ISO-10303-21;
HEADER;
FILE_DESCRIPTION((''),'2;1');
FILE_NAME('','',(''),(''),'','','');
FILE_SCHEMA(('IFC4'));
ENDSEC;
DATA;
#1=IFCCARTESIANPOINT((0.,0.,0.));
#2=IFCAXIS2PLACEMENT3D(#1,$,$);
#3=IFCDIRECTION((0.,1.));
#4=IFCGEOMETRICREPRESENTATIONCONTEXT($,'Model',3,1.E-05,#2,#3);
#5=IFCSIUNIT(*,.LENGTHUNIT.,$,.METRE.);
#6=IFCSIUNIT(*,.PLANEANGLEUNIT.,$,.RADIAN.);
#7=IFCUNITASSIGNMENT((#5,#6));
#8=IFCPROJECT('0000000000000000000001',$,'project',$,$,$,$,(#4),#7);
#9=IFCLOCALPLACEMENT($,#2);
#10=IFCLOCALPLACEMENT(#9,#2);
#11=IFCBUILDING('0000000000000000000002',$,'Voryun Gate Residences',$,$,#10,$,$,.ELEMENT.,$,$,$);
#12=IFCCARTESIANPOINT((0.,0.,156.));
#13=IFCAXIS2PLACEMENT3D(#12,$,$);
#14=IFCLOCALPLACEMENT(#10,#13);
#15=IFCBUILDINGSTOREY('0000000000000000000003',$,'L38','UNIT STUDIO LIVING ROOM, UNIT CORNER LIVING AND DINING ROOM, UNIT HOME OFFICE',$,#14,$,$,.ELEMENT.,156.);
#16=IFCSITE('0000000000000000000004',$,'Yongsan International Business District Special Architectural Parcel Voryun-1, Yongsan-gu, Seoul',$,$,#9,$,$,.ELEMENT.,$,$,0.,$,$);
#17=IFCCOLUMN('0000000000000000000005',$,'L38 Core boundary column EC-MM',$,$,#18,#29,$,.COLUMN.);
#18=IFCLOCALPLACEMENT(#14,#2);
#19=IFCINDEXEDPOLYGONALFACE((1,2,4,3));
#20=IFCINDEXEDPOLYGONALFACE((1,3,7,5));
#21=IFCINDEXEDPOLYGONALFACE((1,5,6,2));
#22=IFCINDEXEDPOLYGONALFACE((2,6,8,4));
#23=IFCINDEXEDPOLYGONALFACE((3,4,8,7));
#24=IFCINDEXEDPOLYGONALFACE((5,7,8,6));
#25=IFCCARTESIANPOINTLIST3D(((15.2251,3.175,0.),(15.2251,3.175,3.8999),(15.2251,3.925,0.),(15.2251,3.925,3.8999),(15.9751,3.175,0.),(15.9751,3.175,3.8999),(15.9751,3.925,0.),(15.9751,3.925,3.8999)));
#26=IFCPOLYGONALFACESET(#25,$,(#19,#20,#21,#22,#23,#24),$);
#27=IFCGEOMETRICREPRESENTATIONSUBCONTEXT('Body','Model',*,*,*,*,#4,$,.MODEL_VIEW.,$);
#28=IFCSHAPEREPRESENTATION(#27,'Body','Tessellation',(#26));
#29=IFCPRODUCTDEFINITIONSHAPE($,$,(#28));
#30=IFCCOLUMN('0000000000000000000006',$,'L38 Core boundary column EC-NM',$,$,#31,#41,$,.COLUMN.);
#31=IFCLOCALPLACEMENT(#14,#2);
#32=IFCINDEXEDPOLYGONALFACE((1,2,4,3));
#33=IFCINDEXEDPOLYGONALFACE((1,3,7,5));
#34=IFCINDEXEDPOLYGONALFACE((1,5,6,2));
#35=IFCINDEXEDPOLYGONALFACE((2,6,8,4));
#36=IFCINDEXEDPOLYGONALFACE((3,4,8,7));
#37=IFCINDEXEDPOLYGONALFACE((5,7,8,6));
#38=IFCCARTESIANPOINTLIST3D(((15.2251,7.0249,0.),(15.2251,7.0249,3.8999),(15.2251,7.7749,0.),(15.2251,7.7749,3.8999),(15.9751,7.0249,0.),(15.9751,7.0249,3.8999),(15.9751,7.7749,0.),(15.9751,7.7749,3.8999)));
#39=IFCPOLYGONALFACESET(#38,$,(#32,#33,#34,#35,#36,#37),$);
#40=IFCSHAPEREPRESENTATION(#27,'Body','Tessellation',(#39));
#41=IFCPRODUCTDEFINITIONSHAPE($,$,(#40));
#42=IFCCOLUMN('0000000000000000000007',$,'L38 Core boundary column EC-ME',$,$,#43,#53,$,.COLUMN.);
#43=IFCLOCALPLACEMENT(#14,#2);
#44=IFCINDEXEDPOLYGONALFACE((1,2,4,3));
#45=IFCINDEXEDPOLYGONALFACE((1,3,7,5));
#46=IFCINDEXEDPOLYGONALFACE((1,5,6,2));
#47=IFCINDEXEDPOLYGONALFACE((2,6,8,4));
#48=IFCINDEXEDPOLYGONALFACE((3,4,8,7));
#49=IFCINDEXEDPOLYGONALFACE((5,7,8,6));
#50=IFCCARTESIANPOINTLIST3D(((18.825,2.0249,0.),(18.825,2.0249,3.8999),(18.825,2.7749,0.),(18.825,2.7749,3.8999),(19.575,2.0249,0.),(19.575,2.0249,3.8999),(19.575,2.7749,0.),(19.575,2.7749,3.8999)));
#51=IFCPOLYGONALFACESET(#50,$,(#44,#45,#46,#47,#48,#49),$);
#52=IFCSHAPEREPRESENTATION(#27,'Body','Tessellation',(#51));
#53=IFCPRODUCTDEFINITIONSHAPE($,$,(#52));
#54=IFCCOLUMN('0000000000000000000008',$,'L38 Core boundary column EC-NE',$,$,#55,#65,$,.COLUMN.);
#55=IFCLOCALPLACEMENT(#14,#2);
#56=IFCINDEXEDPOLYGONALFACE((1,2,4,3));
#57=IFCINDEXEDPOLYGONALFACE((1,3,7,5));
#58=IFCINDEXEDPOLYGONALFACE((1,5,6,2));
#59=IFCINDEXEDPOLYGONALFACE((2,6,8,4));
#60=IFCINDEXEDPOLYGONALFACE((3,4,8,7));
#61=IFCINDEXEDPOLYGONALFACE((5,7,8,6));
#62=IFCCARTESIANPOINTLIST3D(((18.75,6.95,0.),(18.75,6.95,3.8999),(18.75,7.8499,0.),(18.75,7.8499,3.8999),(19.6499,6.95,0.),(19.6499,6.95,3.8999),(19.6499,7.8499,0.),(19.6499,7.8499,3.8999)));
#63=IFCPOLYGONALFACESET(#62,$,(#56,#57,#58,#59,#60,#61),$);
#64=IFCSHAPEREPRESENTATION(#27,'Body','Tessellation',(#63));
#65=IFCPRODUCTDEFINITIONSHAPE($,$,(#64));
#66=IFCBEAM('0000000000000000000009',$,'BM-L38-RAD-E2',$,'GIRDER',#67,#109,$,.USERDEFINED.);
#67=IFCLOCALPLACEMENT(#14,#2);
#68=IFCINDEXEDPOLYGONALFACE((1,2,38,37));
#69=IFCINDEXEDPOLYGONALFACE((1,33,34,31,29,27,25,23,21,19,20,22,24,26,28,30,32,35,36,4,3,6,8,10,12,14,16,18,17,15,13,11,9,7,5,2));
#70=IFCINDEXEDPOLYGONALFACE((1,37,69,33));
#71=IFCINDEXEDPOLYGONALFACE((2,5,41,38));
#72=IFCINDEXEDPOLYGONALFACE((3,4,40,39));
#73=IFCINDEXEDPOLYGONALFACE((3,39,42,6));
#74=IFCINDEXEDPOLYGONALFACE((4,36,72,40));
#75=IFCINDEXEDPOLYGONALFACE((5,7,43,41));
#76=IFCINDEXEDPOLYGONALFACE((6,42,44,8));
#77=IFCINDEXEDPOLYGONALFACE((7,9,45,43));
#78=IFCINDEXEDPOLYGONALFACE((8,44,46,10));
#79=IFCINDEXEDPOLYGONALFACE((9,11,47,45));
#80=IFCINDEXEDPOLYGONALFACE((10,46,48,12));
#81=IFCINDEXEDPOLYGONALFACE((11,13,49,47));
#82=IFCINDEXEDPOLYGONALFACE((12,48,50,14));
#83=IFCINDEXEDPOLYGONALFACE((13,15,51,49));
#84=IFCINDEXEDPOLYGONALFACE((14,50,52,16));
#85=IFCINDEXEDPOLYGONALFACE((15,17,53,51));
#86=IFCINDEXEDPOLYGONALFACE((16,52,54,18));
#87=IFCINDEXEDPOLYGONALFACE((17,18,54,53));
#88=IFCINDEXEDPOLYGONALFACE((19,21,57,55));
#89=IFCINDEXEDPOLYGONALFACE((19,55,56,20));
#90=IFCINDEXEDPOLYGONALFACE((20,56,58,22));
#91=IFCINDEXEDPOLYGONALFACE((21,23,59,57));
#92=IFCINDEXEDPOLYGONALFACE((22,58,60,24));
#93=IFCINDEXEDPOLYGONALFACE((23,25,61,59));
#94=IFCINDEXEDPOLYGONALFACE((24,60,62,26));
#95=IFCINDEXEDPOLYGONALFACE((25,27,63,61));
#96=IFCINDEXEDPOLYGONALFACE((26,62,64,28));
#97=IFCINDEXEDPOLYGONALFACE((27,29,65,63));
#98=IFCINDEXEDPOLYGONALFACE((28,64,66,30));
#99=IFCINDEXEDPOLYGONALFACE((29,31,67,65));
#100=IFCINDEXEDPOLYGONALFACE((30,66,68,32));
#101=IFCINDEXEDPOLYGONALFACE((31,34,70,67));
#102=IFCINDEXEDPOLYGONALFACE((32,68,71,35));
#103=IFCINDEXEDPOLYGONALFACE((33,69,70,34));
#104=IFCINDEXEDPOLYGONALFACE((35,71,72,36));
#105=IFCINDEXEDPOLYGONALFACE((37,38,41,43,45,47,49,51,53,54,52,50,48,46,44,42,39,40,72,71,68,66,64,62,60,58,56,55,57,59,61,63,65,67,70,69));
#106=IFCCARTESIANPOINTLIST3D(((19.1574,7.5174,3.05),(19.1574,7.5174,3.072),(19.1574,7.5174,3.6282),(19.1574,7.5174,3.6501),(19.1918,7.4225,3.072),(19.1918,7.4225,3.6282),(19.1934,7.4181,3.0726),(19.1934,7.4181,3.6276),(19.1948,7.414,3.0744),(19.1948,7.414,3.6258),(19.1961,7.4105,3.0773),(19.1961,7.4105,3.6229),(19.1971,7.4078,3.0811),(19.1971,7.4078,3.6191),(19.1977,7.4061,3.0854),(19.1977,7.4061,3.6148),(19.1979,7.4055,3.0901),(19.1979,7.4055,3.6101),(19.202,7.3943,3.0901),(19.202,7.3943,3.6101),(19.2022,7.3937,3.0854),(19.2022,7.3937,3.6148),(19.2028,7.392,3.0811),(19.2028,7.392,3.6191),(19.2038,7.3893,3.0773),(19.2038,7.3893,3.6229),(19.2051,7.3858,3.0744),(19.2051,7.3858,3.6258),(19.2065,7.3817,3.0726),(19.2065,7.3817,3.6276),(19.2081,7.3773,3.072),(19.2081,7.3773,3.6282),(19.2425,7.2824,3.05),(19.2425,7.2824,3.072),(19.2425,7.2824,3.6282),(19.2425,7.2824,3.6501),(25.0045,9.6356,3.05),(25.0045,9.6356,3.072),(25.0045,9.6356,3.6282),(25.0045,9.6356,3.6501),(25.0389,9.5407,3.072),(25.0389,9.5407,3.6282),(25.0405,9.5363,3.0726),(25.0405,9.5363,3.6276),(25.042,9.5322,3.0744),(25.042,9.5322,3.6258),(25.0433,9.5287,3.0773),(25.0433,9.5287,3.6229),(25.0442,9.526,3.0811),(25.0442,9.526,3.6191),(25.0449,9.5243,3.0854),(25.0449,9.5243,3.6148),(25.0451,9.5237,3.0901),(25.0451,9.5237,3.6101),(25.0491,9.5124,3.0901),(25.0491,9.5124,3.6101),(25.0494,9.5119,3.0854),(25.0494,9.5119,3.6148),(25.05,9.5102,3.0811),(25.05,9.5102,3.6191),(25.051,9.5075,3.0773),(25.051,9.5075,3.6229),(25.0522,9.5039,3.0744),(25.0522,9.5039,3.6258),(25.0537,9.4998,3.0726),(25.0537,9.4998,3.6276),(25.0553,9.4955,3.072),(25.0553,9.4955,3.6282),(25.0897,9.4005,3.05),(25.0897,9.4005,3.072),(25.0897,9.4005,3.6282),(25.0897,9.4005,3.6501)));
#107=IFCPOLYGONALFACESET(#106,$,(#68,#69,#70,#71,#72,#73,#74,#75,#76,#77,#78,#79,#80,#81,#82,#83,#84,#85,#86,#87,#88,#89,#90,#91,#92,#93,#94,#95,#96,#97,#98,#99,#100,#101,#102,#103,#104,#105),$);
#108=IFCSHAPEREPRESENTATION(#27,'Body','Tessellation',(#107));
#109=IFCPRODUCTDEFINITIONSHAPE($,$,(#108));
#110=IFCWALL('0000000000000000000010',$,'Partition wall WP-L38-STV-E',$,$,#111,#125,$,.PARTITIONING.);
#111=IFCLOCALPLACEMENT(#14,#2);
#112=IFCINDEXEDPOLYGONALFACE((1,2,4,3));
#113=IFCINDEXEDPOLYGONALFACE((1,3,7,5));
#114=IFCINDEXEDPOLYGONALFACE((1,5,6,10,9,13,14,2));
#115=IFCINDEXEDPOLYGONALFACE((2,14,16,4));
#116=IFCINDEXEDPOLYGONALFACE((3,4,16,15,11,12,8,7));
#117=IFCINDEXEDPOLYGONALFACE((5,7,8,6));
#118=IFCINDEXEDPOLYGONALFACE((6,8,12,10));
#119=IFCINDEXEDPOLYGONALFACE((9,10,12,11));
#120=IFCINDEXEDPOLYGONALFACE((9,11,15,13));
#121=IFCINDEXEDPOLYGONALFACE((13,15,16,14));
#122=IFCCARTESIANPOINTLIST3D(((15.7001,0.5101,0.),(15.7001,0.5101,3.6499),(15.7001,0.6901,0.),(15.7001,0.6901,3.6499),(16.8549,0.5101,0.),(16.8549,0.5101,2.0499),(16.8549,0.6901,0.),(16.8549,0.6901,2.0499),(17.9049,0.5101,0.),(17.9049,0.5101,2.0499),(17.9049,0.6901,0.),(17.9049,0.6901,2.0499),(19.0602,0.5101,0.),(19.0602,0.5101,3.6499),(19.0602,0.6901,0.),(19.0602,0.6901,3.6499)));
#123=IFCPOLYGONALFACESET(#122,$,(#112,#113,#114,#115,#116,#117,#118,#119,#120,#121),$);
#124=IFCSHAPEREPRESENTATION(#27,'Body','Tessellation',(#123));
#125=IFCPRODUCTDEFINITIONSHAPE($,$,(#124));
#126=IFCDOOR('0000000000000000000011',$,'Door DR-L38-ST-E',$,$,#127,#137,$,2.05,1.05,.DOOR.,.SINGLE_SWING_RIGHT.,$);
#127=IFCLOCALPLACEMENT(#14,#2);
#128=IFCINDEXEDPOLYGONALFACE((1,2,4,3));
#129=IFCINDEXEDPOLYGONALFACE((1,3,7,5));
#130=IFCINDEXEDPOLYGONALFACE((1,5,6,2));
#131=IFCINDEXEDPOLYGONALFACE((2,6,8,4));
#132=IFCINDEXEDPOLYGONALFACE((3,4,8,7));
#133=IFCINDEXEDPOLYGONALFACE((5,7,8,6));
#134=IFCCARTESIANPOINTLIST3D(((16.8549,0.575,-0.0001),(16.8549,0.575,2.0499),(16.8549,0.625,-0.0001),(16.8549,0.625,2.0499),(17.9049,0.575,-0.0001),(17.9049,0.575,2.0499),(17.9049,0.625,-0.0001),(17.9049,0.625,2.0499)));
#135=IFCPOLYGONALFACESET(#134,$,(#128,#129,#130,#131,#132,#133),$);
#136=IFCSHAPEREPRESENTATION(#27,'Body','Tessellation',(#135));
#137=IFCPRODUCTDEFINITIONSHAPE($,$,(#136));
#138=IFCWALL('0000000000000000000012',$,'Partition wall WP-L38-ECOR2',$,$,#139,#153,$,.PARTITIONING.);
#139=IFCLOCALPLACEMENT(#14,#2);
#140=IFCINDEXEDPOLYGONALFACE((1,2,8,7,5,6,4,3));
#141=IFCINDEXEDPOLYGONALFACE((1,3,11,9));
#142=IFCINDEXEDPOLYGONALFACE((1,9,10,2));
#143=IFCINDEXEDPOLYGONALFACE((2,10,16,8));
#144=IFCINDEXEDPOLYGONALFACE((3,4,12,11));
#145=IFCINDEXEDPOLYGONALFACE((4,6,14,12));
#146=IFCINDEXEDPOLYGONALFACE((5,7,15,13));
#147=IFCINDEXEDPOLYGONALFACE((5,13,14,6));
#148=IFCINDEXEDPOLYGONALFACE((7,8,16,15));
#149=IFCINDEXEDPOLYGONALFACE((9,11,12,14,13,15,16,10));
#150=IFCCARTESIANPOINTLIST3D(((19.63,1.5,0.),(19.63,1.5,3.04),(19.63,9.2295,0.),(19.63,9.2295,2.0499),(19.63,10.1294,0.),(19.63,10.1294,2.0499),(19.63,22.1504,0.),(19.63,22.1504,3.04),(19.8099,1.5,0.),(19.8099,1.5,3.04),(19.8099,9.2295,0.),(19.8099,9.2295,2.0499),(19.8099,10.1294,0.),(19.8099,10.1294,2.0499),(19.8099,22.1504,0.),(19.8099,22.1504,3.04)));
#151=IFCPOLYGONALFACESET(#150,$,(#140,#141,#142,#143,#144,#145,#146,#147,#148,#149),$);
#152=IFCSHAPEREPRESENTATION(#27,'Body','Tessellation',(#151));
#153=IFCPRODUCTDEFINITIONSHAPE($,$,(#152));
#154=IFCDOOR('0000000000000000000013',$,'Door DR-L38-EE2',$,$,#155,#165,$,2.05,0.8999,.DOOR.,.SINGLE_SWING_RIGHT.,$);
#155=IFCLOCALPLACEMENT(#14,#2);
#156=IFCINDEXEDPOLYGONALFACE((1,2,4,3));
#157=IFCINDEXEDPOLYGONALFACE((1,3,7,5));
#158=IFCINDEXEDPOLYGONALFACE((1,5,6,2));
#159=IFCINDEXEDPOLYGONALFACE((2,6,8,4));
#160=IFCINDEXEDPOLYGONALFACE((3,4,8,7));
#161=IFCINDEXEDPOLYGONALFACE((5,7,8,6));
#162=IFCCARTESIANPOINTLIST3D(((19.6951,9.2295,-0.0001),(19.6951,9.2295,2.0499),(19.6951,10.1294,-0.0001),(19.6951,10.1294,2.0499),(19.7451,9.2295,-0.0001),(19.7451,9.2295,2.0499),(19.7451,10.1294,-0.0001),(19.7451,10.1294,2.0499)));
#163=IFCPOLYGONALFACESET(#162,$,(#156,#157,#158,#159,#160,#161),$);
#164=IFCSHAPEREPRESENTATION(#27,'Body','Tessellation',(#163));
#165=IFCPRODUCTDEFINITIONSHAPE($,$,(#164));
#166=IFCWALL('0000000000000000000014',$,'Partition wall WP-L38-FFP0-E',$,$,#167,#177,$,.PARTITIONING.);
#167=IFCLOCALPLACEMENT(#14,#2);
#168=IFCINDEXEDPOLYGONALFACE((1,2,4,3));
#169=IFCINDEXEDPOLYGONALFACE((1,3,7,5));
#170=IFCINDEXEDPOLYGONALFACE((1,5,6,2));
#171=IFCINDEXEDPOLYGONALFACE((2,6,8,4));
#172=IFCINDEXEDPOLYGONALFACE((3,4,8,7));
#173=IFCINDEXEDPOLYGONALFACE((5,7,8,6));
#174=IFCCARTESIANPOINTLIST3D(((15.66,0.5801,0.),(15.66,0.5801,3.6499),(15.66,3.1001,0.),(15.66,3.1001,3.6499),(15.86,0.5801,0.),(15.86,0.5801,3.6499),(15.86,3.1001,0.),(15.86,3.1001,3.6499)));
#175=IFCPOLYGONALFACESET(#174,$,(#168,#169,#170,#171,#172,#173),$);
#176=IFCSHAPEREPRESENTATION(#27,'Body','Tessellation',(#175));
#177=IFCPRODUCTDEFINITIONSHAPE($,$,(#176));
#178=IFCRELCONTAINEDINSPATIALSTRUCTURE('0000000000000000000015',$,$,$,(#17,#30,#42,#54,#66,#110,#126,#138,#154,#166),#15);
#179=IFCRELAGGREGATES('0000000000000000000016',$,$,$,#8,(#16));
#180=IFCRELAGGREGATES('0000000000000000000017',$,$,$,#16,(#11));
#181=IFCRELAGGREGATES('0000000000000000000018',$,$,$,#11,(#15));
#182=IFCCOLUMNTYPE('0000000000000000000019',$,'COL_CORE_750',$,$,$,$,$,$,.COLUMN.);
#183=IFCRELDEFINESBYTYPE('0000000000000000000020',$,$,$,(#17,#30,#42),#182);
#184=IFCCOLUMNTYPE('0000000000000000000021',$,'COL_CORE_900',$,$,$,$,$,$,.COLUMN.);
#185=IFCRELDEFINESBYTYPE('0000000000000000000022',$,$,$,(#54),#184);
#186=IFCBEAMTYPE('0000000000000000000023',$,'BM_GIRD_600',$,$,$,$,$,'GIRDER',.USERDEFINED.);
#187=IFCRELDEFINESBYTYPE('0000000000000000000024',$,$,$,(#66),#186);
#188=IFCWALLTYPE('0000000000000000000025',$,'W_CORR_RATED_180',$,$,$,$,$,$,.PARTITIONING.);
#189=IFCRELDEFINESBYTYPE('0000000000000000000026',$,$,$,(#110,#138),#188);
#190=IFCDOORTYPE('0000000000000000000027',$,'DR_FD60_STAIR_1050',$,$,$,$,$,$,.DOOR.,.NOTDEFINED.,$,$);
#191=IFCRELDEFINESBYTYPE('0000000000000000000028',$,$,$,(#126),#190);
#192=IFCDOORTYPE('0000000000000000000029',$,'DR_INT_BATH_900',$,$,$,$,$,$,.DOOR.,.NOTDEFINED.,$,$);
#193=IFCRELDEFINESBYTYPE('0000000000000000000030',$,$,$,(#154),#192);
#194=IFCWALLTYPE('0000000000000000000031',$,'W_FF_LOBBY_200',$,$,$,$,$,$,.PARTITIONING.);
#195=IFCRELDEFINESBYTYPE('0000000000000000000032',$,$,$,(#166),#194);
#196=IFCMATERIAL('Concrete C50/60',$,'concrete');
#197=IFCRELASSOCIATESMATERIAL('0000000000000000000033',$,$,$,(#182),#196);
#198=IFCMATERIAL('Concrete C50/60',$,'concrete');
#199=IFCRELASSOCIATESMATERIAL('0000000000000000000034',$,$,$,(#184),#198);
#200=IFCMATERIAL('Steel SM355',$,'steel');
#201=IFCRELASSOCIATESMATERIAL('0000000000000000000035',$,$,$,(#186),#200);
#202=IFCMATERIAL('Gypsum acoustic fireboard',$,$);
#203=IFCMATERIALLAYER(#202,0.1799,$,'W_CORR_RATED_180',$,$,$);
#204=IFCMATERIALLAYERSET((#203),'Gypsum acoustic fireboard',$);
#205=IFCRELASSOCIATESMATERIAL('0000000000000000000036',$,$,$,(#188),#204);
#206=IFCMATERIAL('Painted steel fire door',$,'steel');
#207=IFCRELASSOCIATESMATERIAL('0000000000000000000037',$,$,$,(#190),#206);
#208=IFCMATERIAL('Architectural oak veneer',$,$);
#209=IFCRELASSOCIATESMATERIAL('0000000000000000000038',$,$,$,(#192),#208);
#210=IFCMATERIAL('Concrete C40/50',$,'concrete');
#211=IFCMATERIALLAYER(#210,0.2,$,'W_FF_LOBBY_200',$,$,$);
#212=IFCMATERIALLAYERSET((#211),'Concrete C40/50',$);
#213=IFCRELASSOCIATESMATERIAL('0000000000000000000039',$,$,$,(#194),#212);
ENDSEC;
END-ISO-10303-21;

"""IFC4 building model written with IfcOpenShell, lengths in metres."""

from ifc_helpers import new_model, si_unit, direction, frame, frame_2d, origin, origin_2d, place, context, subcontext, project, spatial, rectangle, i_section, extrude, material, layer, layer_set, material_profile, profile_set, type_object, element, fill, save


model = new_model("IFC4")

# Units and contexts
model_context = context("Model", 3, precision=1e-05, world=origin(), true_north=direction((0.0, 1.0)))
body_context = subcontext(model_context, "Body", "Model", "MODEL_VIEW")
ifc_project = project(units=[si_unit("LENGTHUNIT", "METRE"), si_unit("PLANEANGLEUNIT", "RADIAN")], contexts=[model_context])

# Site, building, storey
site_placement = place(None, origin())
site = spatial("IfcSite", under=ifc_project, at=site_placement, Name="Yongsan International Business District Special Architectural Parcel Voryun-1, Yongsan-gu, Seoul", CompositionType="ELEMENT", RefElevation=0.0)
building_placement = place(site_placement, origin())
building = spatial("IfcBuilding", under=site, at=building_placement, Name="Voryun Gate Residences", CompositionType="ELEMENT")
storey_placement = place(building_placement, frame((0.0, 0.0, 156.0)))
storey = spatial("IfcBuildingStorey", under=building, at=storey_placement, Name="L38", Description="UNIT STUDIO LIVING ROOM, UNIT CORNER LIVING AND DINING ROOM, UNIT HOME OFFICE", CompositionType="ELEMENT", Elevation=156.0)

# Columns
ifc_material_1 = material(Name="Concrete C50/60", Category="concrete")
ifc_material_profile_1 = material_profile(ifc_material_1, rectangle(XDim=0.75, YDim=0.75, at=origin_2d()), Name="RC-750x750")
ifc_profile_set_1 = profile_set([ifc_material_profile_1], Name="Concrete C50/60")
column_type_1 = type_object("IfcColumnType", Name="COL_CORE_750", PredefinedType="COLUMN", material=ifc_profile_set_1)
for number, where, z_axis, x_axis, name in (
    (1, (15.6001, 3.55, 0.0), (0.0, 0.0, 1.0), (1.0, 0.0, 0.0), "L38 Core boundary column EC-MM"),
    (2, (15.6001, 7.3999, 0.0), (0.0, 0.0, 1.0), (1.0, 0.0, 0.0), "L38 Core boundary column EC-NM"),
    (3, (19.2, 2.3999, 0.0), (0.0, 0.0, 1.0), (1.0, 0.0, 0.0), "L38 Core boundary column EC-ME"),
):
    element("IfcColumn", number, at=place(storey_placement, frame(where, z_axis=z_axis, x_axis=x_axis)), inside=storey, type_object=column_type_1, Name=name, PredefinedType="COLUMN", context=body_context, shape_type="SweptSolid", body=[
        extrude(rectangle(XDim=0.75, YDim=0.75, at=origin_2d()), origin(), (0.0, 0.0, 1.0), 3.8999),
    ])
ifc_material_2 = material(Name="Concrete C50/60", Category="concrete")
ifc_material_profile_2 = material_profile(ifc_material_2, rectangle(XDim=0.8999, YDim=0.8999, at=origin_2d()), Name="RC-900x900")
ifc_profile_set_2 = profile_set([ifc_material_profile_2], Name="Concrete C50/60")
column_type_2 = type_object("IfcColumnType", Name="COL_CORE_900", PredefinedType="COLUMN", material=ifc_profile_set_2)
column_placement = place(storey_placement, frame((19.2, 7.3999, 0.0), z_axis=(0.0, 0.0, 1.0), x_axis=(1.0, 0.0, 0.0)))
element("IfcColumn", 4, at=column_placement, inside=storey, type_object=column_type_2, Name="L38 Core boundary column EC-NE", PredefinedType="COLUMN", context=body_context, shape_type="SweptSolid", body=[
    extrude(rectangle(XDim=0.8999, YDim=0.8999, at=origin_2d()), origin(), (0.0, 0.0, 1.0), 3.8999),
])

# Beam
ifc_material_3 = material(Name="Steel SM355", Category="steel")
ifc_material_profile_3 = material_profile(ifc_material_3, i_section(OverallWidth=0.25, OverallDepth=0.6001, WebThickness=0.012, FlangeThickness=0.022, FilletRadius=0.0181, at=origin_2d()), Name="H-600x250x12x22")
ifc_profile_set_3 = profile_set([ifc_material_profile_3], Name="Steel SM355")
beam_type = type_object("IfcBeamType", Name="BM_GIRD_600", ElementType="GIRDER", PredefinedType="USERDEFINED", material=ifc_profile_set_3)
beam_placement = place(storey_placement, frame((19.2, 7.3999, 3.3501), z_axis=(0.94021, 0.340595, 0.0), x_axis=(-0.340595, 0.94021, 0.0)))
element("IfcBeam", 5, at=beam_placement, inside=storey, type_object=beam_type, Name="BM-L38-RAD-E2", ObjectType="GIRDER", PredefinedType="USERDEFINED", context=body_context, shape_type="SweptSolid", body=[
    extrude(i_section(OverallWidth=0.25, OverallDepth=0.6001, WebThickness=0.012, FlangeThickness=0.022, FilletRadius=0.0181, at=origin_2d()), origin(), (0.0, 0.0, 1.0), 6.219),
])

# Walls, openings, doors
ifc_material_4 = material(Name="Gypsum acoustic fireboard")
ifc_layer_1 = layer(ifc_material_4, 0.1799, Name="W_CORR_RATED_180")
ifc_layer_set_1 = layer_set([ifc_layer_1], Name="Gypsum acoustic fireboard")
wall_type_1 = type_object("IfcWallType", Name="W_CORR_RATED_180", PredefinedType="PARTITIONING", material=ifc_layer_set_1)
wall_1_placement = place(storey_placement, frame((15.7, 0.6001, 0.0), z_axis=(0.0, 0.0, 1.0), x_axis=(1.0, 0.0, 0.0)))
wall_1 = element("IfcWall", 6, at=wall_1_placement, inside=storey, type_object=wall_type_1, Name="Partition wall WP-L38-STV-E", PredefinedType="PARTITIONING", context=body_context, shape_type="SweptSolid", body=[
    extrude(rectangle(XDim=3.3601, YDim=0.1799, at=frame_2d((1.6802, 0.0))), origin(), (0.0, 0.0, 1.0), 3.6499),
])
opening_1_placement = place(wall_1_placement, frame((1.155, 0.0, 0.0)))
opening_1 = element("IfcOpeningElement", 7, at=opening_1_placement, cuts=wall_1, PredefinedType="OPENING", context=body_context, shape_type="SweptSolid", body=[
    extrude(rectangle(XDim=1.05, YDim=2.05, at=frame_2d((0.5249, 1.0249))), frame((0.0, 0.0999, 0.0), z_axis=(0.0, -1.0, 0.0), x_axis=(1.0, 0.0, 0.0)), (0.0, 0.0, 1.0), 0.2),
])
ifc_material_5 = material(Name="Painted steel fire door", Category="steel")
door_type_1 = type_object("IfcDoorType", Name="DR_FD60_STAIR_1050", OperationType="NOTDEFINED", PredefinedType="DOOR", material=ifc_material_5)
door_1_placement = place(opening_1_placement, origin())
door_1 = element("IfcDoor", 8, at=door_1_placement, inside=storey, type_object=door_type_1, Name="Door DR-L38-ST-E", OperationType="SINGLE_SWING_RIGHT", OverallHeight=2.05, OverallWidth=1.05, PredefinedType="DOOR", context=body_context, shape_type="SweptSolid", body=[
    extrude(rectangle(XDim=1.05, YDim=2.05, at=frame_2d((0.5249, 1.0249))), frame((0.0, 0.0249, 0.0), z_axis=(0.0, -1.0, 0.0), x_axis=(1.0, 0.0, 0.0)), (0.0, 0.0, 1.0), 0.05),
])
fill(opening_1, door_1)
wall_2_placement = place(storey_placement, frame((19.72, 1.5, 0.0), z_axis=(0.0, 0.0, 1.0), x_axis=(0.0, 1.0, 0.0)))
wall_2 = element("IfcWall", 9, at=wall_2_placement, inside=storey, type_object=wall_type_1, Name="Partition wall WP-L38-ECOR2", PredefinedType="PARTITIONING", context=body_context, shape_type="SweptSolid", body=[
    extrude(rectangle(XDim=20.6504, YDim=0.1799, at=frame_2d((10.3252, 0.0))), origin(), (0.0, 0.0, 1.0), 3.04),
])
opening_2_placement = place(wall_2_placement, frame((7.7295, 0.0, 0.0)))
opening_2 = element("IfcOpeningElement", 10, at=opening_2_placement, cuts=wall_2, PredefinedType="OPENING", context=body_context, shape_type="SweptSolid", body=[
    extrude(rectangle(XDim=0.8999, YDim=2.05, at=frame_2d((0.45, 1.0249))), frame((0.0, 0.0999, 0.0), z_axis=(0.0, -1.0, 0.0), x_axis=(1.0, 0.0, 0.0)), (0.0, 0.0, 1.0), 0.2),
])
ifc_material_6 = material(Name="Architectural oak veneer")
door_type_2 = type_object("IfcDoorType", Name="DR_INT_BATH_900", OperationType="NOTDEFINED", PredefinedType="DOOR", material=ifc_material_6)
door_2_placement = place(opening_2_placement, origin())
door_2 = element("IfcDoor", 11, at=door_2_placement, inside=storey, type_object=door_type_2, Name="Door DR-L38-EE2", OperationType="SINGLE_SWING_RIGHT", OverallHeight=2.05, OverallWidth=0.8999, PredefinedType="DOOR", context=body_context, shape_type="SweptSolid", body=[
    extrude(rectangle(XDim=0.8999, YDim=2.05, at=frame_2d((0.45, 1.0249))), frame((0.0, 0.0249, 0.0), z_axis=(0.0, -1.0, 0.0), x_axis=(1.0, 0.0, 0.0)), (0.0, 0.0, 1.0), 0.05),
])
fill(opening_2, door_2)

# Wall
ifc_material_7 = material(Name="Concrete C40/50", Category="concrete")
ifc_layer_2 = layer(ifc_material_7, 0.2, Name="W_FF_LOBBY_200")
ifc_layer_set_2 = layer_set([ifc_layer_2], Name="Concrete C40/50")
wall_type_2 = type_object("IfcWallType", Name="W_FF_LOBBY_200", PredefinedType="PARTITIONING", material=ifc_layer_set_2)
wall_3_placement = place(storey_placement, frame((15.76, 0.5801, 0.0), z_axis=(0.0, 0.0, 1.0), x_axis=(0.0, 1.0, 0.0)))
element("IfcWall", 12, at=wall_3_placement, inside=storey, type_object=wall_type_2, Name="Partition wall WP-L38-FFP0-E", PredefinedType="PARTITIONING", context=body_context, shape_type="SweptSolid", body=[
    extrude(rectangle(XDim=2.52, YDim=0.2, at=frame_2d((1.26, 0.0))), origin(), (0.0, 0.0, 1.0), 3.6499),
])

save(model, "model.ifc")
